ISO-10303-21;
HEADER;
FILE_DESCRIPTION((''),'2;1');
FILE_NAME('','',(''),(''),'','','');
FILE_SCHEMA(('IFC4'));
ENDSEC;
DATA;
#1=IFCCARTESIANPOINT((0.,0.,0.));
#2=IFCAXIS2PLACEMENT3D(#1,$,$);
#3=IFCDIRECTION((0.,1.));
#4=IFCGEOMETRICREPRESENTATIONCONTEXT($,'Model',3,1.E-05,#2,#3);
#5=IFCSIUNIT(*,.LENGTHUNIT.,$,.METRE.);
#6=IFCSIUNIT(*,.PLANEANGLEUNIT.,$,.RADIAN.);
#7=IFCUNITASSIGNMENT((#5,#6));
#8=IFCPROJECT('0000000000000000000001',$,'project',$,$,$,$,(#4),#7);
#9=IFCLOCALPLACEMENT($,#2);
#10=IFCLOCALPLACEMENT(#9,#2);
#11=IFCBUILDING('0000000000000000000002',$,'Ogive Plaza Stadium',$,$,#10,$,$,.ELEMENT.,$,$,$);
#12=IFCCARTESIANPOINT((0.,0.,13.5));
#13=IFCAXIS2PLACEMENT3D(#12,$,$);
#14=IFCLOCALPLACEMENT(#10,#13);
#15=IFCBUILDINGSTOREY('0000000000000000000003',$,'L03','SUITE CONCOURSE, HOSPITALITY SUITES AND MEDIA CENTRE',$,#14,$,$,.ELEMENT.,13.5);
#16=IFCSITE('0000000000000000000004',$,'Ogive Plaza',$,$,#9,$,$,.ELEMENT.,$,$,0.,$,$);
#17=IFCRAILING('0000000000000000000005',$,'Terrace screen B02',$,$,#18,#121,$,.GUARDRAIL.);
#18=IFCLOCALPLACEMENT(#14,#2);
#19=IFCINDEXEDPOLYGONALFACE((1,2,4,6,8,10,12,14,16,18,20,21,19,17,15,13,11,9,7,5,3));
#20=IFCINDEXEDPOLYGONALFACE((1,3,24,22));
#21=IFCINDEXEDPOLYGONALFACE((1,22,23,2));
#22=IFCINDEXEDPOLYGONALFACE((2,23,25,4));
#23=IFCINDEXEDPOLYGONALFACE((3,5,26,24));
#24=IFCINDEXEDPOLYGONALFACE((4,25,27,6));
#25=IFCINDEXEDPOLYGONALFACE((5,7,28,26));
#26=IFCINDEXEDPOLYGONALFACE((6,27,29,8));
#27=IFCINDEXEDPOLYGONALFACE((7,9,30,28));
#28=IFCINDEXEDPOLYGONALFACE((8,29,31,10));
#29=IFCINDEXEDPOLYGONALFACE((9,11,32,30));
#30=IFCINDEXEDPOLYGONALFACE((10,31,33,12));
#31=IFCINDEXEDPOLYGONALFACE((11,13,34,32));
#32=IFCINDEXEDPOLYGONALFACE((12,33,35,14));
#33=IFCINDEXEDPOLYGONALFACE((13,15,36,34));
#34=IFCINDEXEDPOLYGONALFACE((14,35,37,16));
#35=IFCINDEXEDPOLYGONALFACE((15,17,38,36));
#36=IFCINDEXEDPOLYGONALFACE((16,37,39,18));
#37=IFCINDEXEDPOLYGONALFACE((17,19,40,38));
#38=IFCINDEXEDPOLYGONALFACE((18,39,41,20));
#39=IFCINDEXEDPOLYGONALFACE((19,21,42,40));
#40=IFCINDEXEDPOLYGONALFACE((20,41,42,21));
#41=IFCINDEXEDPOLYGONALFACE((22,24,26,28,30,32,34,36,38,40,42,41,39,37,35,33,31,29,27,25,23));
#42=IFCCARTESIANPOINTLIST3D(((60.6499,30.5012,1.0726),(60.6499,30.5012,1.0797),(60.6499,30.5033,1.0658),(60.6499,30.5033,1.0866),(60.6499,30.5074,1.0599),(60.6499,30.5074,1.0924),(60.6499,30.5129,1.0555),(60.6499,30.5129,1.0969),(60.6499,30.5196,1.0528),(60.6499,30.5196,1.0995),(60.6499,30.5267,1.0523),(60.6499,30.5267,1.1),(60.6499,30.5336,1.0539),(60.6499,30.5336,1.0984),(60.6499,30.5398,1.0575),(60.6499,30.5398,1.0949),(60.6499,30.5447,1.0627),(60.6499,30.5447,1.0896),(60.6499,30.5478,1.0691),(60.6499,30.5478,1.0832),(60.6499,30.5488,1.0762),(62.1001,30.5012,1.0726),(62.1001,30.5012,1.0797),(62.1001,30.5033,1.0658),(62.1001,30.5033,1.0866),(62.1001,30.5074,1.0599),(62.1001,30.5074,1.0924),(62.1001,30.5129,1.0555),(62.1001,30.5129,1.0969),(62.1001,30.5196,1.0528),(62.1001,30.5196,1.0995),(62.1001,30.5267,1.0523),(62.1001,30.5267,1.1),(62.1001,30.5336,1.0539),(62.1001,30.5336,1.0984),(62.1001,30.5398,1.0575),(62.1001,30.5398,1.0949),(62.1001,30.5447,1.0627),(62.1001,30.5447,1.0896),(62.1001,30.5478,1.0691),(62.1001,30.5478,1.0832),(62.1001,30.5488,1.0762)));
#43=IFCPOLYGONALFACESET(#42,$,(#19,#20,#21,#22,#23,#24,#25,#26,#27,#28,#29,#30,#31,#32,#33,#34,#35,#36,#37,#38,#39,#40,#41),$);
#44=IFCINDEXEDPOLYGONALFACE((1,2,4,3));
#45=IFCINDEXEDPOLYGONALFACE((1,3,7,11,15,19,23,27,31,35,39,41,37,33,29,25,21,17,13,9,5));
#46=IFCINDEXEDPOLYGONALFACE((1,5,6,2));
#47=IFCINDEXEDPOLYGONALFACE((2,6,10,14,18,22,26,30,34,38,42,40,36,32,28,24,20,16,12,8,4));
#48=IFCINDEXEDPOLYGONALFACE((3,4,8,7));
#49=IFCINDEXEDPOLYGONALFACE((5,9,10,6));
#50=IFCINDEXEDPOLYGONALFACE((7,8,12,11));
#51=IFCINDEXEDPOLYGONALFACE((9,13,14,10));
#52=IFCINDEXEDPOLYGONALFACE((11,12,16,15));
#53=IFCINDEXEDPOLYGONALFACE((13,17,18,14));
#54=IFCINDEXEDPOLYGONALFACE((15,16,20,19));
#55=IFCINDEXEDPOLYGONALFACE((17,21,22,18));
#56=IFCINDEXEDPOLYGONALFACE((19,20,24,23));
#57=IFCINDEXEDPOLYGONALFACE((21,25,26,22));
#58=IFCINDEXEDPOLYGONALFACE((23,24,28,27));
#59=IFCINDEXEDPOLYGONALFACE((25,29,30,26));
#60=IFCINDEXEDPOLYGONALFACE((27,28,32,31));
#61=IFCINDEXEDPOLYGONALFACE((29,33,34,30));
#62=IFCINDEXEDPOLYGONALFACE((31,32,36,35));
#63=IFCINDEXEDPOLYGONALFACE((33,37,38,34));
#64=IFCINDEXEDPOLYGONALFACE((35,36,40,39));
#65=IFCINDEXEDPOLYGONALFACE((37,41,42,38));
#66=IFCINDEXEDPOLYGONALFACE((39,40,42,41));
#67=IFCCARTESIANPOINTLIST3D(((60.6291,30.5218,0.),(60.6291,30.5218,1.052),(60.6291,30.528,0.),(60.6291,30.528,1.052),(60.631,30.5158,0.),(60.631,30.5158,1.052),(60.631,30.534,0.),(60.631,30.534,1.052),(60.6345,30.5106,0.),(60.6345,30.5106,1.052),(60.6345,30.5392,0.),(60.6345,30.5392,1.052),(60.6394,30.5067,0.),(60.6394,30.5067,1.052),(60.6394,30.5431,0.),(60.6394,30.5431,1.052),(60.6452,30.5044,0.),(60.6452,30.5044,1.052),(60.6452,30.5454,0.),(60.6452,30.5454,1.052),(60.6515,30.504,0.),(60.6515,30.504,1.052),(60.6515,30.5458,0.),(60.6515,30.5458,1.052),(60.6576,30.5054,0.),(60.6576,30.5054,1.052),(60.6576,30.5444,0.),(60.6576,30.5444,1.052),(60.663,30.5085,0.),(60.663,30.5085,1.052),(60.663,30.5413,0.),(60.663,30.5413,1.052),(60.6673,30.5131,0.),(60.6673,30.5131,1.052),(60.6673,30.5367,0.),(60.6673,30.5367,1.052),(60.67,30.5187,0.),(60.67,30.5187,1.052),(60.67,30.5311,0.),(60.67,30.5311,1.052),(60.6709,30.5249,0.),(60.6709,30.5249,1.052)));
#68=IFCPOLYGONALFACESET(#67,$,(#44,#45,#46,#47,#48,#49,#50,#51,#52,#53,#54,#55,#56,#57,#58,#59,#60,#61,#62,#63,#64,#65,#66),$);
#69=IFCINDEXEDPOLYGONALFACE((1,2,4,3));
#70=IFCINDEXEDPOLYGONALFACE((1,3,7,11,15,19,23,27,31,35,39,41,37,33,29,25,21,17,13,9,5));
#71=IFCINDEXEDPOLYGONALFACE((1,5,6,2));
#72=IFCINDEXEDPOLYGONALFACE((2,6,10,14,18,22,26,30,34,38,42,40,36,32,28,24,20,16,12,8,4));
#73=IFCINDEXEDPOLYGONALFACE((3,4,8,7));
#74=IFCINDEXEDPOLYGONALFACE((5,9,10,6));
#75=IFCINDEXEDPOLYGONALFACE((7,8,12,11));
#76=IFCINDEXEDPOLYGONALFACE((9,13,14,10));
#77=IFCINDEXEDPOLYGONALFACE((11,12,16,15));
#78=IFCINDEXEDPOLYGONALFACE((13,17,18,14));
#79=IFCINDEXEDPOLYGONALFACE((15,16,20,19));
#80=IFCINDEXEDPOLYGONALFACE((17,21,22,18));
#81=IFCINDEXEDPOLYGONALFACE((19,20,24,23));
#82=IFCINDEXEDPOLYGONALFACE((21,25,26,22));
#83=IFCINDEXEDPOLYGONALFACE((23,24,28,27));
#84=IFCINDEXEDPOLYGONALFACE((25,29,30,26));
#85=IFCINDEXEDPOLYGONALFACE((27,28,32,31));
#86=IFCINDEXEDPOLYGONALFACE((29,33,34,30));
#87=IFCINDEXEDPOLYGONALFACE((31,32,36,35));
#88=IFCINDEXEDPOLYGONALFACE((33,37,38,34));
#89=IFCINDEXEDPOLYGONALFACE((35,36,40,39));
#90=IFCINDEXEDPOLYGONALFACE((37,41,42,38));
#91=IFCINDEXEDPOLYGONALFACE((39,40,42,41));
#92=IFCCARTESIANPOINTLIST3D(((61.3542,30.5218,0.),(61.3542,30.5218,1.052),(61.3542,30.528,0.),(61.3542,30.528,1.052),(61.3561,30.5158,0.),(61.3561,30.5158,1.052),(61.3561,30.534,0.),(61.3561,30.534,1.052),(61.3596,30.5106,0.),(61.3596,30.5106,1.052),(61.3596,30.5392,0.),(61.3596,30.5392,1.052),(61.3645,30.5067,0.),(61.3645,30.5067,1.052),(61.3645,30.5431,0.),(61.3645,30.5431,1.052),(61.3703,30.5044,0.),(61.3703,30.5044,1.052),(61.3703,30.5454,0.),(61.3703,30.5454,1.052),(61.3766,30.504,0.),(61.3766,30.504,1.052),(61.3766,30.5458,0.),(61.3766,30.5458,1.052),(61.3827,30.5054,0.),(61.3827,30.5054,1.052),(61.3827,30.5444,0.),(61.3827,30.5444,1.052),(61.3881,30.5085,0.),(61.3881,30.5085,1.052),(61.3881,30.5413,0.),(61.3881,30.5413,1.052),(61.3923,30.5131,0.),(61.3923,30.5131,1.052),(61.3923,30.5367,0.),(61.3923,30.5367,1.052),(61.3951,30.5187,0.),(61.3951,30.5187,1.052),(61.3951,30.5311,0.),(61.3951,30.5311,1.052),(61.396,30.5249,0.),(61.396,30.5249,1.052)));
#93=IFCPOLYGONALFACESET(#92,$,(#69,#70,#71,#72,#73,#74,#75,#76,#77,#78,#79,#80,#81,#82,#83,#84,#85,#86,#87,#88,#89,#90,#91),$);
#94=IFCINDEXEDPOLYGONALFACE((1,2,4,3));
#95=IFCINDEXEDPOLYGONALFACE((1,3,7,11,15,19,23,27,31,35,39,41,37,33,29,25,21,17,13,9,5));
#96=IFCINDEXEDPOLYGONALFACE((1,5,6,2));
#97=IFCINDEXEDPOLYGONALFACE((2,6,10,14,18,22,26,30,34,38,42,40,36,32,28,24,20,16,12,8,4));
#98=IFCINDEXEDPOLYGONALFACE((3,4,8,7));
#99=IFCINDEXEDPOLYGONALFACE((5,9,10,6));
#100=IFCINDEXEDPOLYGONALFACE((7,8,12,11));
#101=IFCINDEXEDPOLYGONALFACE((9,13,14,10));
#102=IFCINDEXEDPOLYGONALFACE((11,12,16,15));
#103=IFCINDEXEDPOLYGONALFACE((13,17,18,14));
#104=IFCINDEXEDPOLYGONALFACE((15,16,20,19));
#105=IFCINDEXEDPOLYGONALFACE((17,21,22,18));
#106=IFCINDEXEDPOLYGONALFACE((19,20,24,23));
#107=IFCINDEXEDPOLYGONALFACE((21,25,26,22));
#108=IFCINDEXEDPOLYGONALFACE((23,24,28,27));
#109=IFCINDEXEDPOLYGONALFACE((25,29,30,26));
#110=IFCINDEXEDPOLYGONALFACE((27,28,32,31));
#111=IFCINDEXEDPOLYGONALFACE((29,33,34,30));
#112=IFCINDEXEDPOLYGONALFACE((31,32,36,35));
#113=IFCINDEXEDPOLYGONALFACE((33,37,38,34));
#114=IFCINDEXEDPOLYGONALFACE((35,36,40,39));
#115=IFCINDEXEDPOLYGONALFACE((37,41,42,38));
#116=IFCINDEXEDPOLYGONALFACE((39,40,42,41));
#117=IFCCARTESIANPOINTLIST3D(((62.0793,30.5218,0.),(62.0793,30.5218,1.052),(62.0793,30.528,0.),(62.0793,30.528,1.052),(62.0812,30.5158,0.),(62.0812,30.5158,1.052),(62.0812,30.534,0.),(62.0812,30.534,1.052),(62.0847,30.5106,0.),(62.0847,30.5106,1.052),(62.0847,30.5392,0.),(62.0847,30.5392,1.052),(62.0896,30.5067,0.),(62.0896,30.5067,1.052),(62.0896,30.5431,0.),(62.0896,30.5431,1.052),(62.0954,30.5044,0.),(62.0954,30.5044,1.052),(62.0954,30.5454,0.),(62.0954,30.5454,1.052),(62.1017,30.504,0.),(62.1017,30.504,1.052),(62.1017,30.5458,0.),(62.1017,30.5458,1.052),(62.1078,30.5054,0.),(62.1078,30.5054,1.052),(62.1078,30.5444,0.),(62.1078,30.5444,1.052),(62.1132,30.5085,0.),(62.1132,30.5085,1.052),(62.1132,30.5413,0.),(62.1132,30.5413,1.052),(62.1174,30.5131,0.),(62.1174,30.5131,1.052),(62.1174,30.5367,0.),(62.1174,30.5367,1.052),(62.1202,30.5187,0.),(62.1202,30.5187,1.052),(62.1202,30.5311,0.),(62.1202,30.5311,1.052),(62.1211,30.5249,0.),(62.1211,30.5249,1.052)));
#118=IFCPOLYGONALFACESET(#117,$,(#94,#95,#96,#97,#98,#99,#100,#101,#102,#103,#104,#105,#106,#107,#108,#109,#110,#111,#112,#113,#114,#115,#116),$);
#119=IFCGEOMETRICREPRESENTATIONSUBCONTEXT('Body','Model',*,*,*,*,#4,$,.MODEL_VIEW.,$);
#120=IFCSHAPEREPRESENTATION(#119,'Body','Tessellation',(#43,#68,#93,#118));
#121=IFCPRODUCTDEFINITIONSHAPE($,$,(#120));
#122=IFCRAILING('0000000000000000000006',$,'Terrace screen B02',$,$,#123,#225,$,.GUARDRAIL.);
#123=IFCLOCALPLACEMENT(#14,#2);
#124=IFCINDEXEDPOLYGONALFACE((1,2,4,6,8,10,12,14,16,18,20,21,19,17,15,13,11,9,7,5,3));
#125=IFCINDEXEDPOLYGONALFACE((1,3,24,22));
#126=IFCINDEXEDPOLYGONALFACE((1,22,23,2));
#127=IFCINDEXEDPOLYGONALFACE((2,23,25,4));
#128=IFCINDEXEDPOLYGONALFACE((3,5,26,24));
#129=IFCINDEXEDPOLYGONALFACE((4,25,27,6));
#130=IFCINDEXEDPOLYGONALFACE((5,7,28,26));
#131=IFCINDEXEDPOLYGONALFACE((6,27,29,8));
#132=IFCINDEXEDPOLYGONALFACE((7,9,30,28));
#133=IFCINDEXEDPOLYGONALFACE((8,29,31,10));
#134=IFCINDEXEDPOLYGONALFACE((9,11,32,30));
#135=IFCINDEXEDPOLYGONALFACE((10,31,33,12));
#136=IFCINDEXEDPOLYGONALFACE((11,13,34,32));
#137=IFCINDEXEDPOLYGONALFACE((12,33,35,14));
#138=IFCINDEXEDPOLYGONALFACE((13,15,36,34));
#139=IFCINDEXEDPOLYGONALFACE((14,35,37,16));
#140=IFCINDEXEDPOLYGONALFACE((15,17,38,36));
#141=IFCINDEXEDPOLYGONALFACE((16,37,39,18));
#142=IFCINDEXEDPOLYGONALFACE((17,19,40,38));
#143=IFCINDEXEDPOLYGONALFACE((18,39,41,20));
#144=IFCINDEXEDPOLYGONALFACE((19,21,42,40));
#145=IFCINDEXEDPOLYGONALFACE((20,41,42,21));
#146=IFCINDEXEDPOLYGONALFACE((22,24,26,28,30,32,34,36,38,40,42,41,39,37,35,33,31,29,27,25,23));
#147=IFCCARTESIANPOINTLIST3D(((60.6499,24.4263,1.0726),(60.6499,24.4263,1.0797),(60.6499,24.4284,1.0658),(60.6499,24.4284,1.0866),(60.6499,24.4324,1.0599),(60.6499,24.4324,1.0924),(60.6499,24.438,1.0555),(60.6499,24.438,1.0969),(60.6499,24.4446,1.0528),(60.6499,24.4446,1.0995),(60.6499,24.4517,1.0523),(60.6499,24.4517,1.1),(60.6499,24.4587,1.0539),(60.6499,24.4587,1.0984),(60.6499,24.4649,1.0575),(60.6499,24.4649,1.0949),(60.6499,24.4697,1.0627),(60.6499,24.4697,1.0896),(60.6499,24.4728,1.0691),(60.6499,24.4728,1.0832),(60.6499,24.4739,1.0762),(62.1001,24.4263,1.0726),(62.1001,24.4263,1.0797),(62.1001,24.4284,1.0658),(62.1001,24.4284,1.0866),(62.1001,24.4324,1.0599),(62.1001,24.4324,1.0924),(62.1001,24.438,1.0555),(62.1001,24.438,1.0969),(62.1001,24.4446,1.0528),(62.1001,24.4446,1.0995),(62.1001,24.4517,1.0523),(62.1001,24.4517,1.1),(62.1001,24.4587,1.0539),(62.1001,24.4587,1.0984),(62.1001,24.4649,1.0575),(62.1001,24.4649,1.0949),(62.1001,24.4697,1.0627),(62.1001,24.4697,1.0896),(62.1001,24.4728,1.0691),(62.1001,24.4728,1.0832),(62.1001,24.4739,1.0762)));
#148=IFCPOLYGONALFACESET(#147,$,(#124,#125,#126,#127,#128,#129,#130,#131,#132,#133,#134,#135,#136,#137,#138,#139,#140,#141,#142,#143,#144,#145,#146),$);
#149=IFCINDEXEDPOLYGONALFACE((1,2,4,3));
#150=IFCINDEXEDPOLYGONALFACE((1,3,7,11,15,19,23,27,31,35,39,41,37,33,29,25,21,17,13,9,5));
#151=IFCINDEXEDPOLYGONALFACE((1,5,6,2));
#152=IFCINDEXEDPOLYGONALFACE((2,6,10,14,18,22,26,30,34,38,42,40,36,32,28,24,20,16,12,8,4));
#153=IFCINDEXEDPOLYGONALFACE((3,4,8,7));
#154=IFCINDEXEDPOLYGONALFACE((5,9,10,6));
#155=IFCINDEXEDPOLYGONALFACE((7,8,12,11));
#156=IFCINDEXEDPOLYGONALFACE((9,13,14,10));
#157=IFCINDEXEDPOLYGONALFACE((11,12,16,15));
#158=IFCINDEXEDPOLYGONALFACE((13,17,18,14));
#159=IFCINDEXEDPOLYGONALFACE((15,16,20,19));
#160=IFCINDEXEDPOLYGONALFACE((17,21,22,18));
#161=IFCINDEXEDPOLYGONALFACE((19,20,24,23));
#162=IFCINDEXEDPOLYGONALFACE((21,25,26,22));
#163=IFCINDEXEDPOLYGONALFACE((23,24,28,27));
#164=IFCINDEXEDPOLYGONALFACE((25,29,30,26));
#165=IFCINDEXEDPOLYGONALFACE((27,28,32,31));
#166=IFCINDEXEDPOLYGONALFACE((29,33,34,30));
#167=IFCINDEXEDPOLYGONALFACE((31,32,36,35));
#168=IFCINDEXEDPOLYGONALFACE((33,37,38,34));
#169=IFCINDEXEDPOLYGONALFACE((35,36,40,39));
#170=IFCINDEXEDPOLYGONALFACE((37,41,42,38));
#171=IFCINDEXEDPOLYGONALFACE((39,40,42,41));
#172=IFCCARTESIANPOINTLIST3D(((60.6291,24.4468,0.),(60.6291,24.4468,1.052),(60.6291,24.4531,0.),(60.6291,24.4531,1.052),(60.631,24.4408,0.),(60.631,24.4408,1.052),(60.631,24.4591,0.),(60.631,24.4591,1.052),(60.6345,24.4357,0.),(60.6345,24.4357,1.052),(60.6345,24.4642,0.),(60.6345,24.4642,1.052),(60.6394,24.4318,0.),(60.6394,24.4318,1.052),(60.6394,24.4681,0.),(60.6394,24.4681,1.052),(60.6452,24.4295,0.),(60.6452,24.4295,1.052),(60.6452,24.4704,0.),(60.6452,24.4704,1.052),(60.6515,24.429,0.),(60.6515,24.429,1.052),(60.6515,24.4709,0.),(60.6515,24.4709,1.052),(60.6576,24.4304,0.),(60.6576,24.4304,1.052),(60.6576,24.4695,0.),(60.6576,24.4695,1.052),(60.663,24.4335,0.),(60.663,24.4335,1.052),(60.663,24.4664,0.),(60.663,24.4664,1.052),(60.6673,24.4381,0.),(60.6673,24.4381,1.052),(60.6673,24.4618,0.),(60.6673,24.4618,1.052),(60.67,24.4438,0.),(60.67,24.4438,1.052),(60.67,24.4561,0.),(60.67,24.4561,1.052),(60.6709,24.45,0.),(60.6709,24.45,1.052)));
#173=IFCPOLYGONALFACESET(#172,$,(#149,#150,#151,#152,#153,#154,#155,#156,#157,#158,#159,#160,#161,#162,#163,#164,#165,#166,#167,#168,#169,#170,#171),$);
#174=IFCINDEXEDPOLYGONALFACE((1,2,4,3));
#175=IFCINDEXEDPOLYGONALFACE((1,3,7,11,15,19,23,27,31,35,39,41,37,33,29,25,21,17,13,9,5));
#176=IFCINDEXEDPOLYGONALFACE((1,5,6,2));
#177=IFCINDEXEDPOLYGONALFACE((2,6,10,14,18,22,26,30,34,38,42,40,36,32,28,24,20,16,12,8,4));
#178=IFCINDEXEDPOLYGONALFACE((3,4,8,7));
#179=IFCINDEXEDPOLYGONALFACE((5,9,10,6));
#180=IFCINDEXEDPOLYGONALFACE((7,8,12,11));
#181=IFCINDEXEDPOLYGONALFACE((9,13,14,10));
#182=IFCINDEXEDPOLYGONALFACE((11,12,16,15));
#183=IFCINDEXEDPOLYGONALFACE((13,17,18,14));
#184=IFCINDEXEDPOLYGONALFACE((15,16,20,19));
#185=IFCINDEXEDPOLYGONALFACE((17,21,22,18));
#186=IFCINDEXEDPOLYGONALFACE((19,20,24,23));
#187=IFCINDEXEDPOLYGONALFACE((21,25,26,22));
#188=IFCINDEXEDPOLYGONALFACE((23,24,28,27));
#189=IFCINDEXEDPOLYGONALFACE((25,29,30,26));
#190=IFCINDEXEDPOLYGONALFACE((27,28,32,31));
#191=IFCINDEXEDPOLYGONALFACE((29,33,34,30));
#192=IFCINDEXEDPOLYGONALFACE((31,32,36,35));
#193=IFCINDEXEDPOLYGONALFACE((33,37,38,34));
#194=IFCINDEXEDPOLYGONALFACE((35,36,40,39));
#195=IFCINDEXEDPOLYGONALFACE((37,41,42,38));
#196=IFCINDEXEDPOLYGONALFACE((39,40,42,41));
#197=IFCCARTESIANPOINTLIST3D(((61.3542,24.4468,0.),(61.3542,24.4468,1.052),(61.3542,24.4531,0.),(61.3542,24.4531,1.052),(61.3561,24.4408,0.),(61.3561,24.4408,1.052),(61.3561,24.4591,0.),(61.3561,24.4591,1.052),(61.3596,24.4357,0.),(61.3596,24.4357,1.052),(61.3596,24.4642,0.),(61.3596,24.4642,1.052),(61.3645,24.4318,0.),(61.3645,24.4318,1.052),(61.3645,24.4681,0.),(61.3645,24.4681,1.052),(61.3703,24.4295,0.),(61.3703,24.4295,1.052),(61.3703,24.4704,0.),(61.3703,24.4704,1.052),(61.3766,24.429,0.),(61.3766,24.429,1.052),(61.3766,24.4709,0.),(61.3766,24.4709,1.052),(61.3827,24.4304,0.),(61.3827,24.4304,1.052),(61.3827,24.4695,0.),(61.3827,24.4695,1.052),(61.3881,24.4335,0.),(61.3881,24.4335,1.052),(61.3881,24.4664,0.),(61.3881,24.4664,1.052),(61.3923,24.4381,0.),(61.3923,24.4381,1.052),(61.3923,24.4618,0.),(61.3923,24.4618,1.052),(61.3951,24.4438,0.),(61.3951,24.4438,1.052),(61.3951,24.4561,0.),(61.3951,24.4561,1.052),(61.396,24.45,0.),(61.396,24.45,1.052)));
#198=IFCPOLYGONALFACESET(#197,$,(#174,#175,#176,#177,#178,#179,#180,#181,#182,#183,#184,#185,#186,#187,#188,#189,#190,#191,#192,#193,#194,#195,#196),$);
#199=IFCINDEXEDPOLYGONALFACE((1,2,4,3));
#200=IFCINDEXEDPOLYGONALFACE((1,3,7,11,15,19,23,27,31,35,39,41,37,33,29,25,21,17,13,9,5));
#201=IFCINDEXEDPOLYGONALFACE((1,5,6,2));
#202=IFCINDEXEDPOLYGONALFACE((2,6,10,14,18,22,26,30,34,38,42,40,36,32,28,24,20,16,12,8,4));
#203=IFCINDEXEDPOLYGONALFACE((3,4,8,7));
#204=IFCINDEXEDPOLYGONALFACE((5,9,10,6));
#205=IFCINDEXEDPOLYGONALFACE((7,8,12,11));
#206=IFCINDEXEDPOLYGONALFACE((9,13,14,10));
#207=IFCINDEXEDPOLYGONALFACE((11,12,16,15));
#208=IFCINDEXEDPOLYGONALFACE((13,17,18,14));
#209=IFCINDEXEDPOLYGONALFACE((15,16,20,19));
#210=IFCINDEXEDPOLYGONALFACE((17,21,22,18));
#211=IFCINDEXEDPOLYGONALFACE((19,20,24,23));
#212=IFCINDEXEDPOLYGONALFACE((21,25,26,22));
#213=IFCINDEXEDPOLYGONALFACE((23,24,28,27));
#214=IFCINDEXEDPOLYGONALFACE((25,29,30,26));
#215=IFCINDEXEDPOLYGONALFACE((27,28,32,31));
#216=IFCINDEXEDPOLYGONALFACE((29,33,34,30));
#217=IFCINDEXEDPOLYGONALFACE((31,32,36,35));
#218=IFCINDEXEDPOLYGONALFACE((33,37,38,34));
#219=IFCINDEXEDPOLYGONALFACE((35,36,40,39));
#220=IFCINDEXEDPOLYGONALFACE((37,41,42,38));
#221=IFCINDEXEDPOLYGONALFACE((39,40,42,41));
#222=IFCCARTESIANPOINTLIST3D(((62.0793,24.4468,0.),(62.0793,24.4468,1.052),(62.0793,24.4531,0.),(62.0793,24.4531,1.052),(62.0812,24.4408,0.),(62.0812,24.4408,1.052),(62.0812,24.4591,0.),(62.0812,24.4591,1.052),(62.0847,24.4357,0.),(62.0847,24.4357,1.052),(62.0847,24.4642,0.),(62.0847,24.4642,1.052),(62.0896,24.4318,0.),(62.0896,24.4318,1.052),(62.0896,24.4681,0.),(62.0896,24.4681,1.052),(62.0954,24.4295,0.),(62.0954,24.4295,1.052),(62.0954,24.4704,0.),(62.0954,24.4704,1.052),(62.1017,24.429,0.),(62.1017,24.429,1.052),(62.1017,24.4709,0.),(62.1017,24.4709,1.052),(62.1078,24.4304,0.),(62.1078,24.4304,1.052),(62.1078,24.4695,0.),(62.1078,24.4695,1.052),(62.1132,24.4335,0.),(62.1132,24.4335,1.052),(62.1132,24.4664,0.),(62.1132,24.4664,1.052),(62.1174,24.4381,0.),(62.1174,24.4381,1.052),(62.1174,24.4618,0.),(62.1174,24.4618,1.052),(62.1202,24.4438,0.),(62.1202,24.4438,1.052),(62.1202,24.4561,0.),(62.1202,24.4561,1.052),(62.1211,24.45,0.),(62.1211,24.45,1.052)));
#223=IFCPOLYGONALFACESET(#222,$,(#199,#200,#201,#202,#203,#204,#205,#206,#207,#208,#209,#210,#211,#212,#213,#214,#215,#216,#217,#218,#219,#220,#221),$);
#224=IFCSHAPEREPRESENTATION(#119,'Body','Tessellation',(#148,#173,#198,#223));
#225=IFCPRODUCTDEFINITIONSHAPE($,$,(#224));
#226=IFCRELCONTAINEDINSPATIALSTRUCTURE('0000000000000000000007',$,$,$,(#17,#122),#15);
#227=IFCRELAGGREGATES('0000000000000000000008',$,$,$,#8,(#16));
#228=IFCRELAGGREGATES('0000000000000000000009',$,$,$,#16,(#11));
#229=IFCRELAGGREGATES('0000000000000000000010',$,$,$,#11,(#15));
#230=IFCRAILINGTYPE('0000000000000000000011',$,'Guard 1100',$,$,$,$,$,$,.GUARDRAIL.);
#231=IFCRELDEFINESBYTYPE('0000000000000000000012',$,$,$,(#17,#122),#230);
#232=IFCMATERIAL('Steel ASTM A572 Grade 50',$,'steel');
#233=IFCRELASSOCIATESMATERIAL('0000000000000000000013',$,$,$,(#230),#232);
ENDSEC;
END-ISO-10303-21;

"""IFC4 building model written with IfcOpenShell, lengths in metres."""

from ifc_helpers import new_model, si_unit, direction, frame, origin, origin_2d, place, context, subcontext, project, spatial, circle, extrude, material, type_object, element, save


model = new_model("IFC4")

# Units and contexts
model_context = context("Model", 3, precision=1e-05, world=origin(), true_north=direction((0.0, 1.0)))
body_context = subcontext(model_context, "Body", "Model", "MODEL_VIEW")
ifc_project = project(units=[si_unit("LENGTHUNIT", "METRE"), si_unit("PLANEANGLEUNIT", "RADIAN")], contexts=[model_context])

# Site, building, storey
site_placement = place(None, origin())
site = spatial("IfcSite", under=ifc_project, at=site_placement, Name="Ogive Plaza", CompositionType="ELEMENT", RefElevation=0.0)
building_placement = place(site_placement, origin())
building = spatial("IfcBuilding", under=site, at=building_placement, Name="Ogive Plaza Stadium", CompositionType="ELEMENT")
storey_placement = place(building_placement, frame((0.0, 0.0, 13.5)))
storey = spatial("IfcBuildingStorey", under=building, at=storey_placement, Name="L03", Description="SUITE CONCOURSE, HOSPITALITY SUITES AND MEDIA CENTRE", CompositionType="ELEMENT", Elevation=13.5)

# Railings
ifc_material_1 = material(Name="Steel ASTM A572 Grade 50", Category="steel")
railing_type = type_object("IfcRailingType", Name="Guard 1100", PredefinedType="GUARDRAIL", material=ifc_material_1)
for number, where, name in (
    (1, (60.6499, 30.5249, 0.0), "Terrace screen B02"),
    (2, (60.6499, 24.45, 0.0), "Terrace screen B02"),
):
    element("IfcRailing", number, at=place(storey_placement, frame(where)), inside=storey, type_object=railing_type, Name=name, PredefinedType="GUARDRAIL", context=body_context, shape_type="SweptSolid", body=[
        extrude(circle(Radius=0.0239, at=origin_2d()), frame((0.0, 0.0, 1.0762), z_axis=(1.0, 0.0, 0.0), x_axis=(0.0, 1.0, 0.0)), (0.0, 0.0, 1.0), 1.4502),
        extrude(circle(Radius=0.021, at=origin_2d()), origin(), (0.0, 0.0, 1.0), 1.052),
        extrude(circle(Radius=0.021, at=origin_2d()), frame((0.7251, 0.0, 0.0)), (0.0, 0.0, 1.0), 1.052),
        extrude(circle(Radius=0.021, at=origin_2d()), frame((1.4502, 0.0, 0.0)), (0.0, 0.0, 1.0), 1.052),
    ])

save(model, "model.ifc")
